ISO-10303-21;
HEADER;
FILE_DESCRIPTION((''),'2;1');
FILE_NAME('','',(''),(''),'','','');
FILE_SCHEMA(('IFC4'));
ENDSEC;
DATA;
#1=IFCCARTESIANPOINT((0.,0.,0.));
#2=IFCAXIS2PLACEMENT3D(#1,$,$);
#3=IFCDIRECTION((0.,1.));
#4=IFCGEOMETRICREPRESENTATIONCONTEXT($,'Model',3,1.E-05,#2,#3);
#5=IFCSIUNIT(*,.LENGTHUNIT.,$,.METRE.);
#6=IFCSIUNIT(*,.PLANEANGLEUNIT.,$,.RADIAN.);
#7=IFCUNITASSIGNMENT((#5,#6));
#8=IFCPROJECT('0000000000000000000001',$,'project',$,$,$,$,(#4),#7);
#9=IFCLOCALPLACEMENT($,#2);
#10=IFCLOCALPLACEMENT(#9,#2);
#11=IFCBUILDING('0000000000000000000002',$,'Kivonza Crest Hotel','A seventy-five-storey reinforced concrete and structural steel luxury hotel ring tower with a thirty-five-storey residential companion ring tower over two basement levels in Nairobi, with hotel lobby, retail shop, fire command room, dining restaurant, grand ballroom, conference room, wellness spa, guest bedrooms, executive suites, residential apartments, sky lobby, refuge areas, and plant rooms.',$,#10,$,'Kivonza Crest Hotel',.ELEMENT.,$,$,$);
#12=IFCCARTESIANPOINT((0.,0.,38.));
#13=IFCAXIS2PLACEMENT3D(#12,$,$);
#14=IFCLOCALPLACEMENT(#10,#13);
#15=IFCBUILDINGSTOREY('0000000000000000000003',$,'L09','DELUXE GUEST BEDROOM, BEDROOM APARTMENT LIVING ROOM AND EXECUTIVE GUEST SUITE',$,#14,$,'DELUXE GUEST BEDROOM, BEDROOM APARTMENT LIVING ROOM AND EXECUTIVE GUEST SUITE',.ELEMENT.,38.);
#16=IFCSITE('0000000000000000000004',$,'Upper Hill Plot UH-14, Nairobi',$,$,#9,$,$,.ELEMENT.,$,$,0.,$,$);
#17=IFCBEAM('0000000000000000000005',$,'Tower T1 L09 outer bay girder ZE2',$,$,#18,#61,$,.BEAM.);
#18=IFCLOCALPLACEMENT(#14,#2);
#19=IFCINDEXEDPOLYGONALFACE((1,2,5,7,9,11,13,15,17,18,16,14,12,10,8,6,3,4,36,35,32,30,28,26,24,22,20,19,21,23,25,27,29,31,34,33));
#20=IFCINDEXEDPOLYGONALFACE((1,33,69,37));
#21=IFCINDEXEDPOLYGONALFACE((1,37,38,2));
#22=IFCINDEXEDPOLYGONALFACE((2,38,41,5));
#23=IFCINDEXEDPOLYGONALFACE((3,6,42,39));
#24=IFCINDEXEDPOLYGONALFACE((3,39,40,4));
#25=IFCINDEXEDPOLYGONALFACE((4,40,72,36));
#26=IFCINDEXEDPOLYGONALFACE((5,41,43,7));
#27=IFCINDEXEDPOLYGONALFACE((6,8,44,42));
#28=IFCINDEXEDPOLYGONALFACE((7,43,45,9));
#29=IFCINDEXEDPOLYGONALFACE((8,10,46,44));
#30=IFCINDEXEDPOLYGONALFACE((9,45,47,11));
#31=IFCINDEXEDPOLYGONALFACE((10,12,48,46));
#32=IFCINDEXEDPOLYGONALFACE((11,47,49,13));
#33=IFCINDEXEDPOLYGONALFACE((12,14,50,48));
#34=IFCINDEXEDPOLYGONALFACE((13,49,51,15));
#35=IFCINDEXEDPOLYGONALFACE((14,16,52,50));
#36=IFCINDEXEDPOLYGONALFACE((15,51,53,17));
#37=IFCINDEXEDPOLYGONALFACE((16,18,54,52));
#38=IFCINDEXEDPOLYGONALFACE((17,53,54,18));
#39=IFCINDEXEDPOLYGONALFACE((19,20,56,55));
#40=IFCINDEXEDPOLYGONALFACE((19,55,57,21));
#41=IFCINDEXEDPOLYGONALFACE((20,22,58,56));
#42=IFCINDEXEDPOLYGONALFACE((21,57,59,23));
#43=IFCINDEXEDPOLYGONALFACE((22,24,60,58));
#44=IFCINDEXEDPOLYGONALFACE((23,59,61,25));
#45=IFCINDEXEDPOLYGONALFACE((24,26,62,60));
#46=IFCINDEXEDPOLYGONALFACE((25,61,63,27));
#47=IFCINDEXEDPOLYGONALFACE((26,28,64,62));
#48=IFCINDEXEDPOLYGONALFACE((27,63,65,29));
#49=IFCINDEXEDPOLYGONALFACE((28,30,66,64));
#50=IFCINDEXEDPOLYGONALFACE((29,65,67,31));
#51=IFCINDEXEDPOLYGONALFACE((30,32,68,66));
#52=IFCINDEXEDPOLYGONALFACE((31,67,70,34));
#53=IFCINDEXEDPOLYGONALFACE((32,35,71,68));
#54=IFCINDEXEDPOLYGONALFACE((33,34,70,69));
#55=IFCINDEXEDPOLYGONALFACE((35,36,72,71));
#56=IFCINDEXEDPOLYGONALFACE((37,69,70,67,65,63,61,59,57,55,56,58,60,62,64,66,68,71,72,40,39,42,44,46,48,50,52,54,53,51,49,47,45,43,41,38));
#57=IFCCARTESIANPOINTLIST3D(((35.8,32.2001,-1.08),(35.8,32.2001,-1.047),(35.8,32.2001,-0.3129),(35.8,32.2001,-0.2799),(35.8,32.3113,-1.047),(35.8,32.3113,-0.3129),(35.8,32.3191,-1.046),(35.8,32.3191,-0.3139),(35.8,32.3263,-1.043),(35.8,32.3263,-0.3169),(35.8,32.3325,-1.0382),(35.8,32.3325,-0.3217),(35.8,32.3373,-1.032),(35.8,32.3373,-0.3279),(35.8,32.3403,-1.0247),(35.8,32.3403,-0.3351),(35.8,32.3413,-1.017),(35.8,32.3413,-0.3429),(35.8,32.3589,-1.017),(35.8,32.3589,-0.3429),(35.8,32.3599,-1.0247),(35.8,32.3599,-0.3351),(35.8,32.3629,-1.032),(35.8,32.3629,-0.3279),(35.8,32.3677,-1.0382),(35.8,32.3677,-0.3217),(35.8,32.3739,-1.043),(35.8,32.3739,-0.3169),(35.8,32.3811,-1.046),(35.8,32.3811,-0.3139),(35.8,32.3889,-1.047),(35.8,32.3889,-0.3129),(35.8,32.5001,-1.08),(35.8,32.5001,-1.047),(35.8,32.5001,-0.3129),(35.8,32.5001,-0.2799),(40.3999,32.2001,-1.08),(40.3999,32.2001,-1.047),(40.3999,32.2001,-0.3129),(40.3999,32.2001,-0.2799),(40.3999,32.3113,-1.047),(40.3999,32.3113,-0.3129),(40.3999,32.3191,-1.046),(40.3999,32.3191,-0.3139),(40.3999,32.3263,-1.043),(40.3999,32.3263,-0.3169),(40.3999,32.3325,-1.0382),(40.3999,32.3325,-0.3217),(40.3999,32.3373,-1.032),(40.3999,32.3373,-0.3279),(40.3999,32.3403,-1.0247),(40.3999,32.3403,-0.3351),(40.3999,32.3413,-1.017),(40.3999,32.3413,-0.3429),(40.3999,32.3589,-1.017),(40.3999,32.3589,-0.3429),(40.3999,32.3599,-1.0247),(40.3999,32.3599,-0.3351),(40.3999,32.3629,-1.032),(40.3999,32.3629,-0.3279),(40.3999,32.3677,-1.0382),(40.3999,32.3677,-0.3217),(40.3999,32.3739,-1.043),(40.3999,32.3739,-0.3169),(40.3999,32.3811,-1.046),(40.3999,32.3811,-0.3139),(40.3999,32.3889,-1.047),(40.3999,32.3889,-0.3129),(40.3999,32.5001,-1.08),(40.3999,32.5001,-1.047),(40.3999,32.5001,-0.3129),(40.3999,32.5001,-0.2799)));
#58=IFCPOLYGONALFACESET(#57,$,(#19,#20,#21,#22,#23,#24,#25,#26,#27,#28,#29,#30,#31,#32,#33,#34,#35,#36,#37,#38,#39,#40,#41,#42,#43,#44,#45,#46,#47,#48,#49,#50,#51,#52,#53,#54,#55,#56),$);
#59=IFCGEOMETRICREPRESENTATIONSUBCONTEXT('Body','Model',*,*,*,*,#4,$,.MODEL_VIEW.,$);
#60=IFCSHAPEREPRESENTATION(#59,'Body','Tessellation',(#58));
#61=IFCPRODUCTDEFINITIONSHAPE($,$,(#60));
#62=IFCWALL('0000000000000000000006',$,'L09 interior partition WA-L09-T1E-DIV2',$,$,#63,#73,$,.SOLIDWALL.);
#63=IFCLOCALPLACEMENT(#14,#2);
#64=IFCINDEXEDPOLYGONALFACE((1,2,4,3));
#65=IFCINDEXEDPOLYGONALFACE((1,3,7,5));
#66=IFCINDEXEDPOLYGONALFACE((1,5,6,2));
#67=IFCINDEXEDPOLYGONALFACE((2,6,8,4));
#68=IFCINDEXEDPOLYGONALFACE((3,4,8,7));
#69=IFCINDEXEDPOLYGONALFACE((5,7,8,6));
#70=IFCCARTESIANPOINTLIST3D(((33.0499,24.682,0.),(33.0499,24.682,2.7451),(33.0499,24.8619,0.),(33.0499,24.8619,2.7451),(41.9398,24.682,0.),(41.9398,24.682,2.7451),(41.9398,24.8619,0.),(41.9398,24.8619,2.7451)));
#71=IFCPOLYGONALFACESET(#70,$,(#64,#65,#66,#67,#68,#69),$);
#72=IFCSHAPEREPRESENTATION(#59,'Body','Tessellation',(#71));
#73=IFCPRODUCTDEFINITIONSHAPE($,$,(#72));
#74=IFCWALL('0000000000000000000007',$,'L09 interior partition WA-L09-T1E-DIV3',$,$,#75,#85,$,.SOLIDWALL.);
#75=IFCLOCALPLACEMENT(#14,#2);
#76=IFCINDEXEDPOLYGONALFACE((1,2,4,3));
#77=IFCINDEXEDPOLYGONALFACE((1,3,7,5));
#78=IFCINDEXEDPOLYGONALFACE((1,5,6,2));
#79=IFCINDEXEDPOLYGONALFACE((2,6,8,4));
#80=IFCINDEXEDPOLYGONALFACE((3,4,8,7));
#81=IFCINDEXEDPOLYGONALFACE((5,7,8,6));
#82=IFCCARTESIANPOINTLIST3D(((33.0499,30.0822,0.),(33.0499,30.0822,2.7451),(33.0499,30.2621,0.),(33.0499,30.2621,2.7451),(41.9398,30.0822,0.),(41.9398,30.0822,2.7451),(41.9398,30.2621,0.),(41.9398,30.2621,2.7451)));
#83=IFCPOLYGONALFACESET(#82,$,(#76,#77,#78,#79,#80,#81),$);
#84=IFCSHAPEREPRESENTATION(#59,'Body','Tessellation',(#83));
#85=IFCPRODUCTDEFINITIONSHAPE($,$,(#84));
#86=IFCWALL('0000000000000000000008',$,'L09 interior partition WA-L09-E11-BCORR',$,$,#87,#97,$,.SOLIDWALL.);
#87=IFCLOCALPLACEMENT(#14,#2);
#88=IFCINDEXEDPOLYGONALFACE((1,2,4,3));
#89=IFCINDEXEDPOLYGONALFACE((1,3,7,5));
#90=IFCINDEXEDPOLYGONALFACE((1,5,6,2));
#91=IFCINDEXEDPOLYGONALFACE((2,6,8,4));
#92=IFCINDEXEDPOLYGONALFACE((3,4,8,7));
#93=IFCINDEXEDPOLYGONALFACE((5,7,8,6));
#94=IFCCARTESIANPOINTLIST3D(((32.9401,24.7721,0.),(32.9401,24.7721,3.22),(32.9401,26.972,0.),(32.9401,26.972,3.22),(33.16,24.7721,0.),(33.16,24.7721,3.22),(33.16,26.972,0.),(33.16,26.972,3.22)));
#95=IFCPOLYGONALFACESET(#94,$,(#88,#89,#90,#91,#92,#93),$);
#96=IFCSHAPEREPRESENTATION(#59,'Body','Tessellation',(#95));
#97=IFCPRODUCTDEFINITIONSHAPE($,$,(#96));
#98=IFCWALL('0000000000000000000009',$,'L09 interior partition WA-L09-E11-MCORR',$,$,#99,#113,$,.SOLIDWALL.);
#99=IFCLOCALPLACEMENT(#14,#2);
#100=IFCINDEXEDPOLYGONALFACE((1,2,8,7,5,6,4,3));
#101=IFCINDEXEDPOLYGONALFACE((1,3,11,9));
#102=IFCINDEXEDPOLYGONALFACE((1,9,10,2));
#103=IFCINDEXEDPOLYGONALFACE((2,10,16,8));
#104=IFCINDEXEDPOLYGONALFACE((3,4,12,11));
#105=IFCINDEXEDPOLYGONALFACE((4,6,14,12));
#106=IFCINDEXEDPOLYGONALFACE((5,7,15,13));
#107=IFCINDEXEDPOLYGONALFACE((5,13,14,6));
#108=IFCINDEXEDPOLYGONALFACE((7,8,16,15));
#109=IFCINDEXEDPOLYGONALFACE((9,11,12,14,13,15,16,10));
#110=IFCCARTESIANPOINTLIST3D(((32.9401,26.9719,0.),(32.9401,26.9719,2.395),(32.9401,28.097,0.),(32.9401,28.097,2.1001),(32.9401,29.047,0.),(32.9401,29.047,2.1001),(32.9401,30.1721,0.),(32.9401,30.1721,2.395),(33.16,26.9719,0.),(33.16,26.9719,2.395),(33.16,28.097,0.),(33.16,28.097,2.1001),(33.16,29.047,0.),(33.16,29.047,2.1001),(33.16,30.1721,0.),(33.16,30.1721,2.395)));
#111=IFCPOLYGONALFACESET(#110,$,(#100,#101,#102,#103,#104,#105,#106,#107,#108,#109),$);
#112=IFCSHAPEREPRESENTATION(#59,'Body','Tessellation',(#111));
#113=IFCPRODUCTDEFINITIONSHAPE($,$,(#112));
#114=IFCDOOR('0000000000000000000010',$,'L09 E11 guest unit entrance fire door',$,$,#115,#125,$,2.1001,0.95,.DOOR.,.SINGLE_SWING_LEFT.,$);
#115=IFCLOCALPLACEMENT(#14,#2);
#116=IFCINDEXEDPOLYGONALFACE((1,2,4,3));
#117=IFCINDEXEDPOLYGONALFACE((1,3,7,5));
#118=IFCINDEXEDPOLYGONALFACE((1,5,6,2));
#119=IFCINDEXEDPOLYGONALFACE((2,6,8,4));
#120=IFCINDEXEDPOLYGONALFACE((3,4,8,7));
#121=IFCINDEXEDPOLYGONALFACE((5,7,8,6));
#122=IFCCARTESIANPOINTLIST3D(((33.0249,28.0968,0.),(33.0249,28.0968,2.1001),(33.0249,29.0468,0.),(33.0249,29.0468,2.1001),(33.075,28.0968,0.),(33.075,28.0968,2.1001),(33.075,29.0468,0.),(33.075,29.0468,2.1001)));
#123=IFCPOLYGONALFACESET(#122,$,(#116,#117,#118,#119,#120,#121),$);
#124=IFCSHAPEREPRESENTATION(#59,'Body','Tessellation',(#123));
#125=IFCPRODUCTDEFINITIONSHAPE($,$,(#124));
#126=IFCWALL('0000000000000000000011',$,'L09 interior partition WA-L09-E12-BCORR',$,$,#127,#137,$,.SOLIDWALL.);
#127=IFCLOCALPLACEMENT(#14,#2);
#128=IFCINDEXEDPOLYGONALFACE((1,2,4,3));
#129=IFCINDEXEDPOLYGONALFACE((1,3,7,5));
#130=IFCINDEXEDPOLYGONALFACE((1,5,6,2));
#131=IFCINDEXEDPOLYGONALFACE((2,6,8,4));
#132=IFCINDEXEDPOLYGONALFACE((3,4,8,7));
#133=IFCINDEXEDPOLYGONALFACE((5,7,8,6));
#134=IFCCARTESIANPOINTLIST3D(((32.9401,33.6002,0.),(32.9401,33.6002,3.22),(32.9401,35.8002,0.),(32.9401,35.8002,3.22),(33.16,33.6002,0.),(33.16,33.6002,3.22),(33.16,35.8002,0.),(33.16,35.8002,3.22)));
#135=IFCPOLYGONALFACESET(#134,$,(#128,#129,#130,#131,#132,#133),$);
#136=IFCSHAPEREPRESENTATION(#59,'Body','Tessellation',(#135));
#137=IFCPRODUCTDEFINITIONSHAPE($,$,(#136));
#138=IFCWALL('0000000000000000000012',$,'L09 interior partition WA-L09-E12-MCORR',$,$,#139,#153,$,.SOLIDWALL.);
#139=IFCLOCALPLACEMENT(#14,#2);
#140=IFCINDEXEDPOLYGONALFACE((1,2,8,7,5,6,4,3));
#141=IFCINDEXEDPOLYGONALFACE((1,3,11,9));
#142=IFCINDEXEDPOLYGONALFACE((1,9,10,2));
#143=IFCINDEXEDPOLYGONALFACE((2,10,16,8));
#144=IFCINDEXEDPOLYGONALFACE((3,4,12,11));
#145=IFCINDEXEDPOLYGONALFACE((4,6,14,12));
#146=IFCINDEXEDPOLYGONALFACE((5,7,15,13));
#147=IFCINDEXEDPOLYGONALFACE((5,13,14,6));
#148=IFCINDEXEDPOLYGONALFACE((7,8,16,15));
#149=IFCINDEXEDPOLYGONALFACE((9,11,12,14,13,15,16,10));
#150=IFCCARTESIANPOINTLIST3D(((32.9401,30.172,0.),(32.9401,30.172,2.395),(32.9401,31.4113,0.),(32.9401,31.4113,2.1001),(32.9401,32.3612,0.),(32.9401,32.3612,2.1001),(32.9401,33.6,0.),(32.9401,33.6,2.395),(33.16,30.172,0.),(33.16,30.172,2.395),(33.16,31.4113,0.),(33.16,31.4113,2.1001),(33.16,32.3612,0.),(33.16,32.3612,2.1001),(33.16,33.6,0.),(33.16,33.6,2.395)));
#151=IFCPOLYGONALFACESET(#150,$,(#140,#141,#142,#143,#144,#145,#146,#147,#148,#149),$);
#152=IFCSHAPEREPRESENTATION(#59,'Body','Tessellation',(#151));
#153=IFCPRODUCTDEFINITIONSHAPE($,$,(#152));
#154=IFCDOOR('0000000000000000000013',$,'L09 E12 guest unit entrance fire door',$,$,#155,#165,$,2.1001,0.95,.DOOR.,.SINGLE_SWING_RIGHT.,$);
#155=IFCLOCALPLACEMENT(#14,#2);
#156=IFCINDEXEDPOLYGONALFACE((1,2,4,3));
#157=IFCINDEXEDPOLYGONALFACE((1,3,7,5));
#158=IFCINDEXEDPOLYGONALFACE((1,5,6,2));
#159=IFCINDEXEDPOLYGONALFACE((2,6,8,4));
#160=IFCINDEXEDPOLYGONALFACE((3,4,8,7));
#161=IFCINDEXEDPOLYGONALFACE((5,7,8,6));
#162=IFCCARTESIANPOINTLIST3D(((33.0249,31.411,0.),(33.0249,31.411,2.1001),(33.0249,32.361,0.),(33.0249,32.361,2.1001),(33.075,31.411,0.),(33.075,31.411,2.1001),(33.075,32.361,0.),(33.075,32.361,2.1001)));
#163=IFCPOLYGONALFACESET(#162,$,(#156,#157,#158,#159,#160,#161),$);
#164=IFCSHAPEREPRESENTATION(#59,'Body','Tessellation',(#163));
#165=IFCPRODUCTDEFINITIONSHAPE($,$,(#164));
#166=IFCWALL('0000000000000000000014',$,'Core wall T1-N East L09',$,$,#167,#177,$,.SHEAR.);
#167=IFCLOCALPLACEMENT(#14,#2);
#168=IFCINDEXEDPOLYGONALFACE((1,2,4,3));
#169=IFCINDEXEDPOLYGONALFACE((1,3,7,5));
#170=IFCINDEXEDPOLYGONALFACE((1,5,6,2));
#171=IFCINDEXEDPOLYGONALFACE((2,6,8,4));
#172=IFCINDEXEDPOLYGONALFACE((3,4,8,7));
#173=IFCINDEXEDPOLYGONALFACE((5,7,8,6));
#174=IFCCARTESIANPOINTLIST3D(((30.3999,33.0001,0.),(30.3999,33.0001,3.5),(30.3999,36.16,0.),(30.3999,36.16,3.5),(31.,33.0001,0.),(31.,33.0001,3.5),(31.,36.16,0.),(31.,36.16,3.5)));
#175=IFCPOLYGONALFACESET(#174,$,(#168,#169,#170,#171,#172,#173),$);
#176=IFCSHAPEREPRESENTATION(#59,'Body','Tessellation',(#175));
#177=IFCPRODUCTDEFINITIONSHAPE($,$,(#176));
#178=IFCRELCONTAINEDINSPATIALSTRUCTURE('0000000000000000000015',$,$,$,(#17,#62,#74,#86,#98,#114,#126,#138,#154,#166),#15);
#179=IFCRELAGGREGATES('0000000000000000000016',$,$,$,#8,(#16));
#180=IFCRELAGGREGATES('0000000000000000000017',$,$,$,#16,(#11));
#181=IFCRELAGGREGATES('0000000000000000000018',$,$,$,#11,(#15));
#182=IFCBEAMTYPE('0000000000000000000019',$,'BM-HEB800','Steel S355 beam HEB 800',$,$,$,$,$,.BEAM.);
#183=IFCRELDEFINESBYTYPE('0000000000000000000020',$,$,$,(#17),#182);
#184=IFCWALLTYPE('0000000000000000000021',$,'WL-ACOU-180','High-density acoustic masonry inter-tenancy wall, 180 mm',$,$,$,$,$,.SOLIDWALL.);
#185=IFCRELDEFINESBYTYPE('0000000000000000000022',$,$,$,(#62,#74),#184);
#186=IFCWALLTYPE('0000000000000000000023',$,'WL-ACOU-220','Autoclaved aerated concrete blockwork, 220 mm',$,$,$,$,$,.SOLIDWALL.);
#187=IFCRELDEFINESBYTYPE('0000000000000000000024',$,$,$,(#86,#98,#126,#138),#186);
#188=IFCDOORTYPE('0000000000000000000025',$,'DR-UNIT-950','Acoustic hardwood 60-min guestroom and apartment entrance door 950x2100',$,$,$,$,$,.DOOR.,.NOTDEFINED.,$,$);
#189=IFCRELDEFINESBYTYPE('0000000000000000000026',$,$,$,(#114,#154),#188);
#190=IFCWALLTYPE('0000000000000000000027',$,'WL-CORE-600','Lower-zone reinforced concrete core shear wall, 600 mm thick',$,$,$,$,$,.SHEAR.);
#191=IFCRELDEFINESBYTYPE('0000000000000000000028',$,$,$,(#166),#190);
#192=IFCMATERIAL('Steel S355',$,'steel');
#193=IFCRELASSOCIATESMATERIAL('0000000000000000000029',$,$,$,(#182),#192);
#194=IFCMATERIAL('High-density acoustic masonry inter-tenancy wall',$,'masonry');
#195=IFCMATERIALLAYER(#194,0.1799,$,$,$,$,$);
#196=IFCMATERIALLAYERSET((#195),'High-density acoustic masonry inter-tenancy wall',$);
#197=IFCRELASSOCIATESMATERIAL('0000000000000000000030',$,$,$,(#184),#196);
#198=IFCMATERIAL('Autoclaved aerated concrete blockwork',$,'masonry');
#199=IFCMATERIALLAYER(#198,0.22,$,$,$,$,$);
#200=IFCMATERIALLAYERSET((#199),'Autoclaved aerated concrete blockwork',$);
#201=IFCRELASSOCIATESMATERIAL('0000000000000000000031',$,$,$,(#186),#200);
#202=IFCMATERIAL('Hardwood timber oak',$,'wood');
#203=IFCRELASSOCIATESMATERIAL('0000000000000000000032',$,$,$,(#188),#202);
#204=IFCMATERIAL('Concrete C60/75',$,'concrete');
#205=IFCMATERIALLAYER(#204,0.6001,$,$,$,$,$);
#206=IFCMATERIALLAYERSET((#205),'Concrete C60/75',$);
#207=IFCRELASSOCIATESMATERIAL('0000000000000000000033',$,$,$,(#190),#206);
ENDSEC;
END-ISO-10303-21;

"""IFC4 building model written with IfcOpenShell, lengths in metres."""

from ifc_helpers import new_model, si_unit, direction, frame, frame_2d, origin, origin_2d, place, context, subcontext, project, spatial, rectangle, i_section, extrude, material, layer, layer_set, material_profile, profile_set, type_object, element, fill, save


model = new_model("IFC4")

# Units and contexts
model_context = context("Model", 3, precision=1e-05, world=origin(), true_north=direction((0.0, 1.0)))
body_context = subcontext(model_context, "Body", "Model", "MODEL_VIEW")
ifc_project = project(units=[si_unit("LENGTHUNIT", "METRE"), si_unit("PLANEANGLEUNIT", "RADIAN")], contexts=[model_context])

# Site, building, storey
site_placement = place(None, origin())
site = spatial("IfcSite", under=ifc_project, at=site_placement, Name="Upper Hill Plot UH-14, Nairobi", CompositionType="ELEMENT", RefElevation=0.0)
building_placement = place(site_placement, origin())
building = spatial("IfcBuilding", under=site, at=building_placement, Name="Kivonza Crest Hotel", Description="A seventy-five-storey reinforced concrete and structural steel luxury hotel ring tower with a thirty-five-storey residential companion ring tower over two basement levels in Nairobi, with hotel lobby, retail shop, fire command room, dining restaurant, grand ballroom, conference room, wellness spa, guest bedrooms, executive suites, residential apartments, sky lobby, refuge areas, and plant rooms.", LongName="Kivonza Crest Hotel", CompositionType="ELEMENT")
storey_placement = place(building_placement, frame((0.0, 0.0, 38.0)))
storey = spatial("IfcBuildingStorey", under=building, at=storey_placement, Name="L09", Description="DELUXE GUEST BEDROOM, BEDROOM APARTMENT LIVING ROOM AND EXECUTIVE GUEST SUITE", LongName="DELUXE GUEST BEDROOM, BEDROOM APARTMENT LIVING ROOM AND EXECUTIVE GUEST SUITE", CompositionType="ELEMENT", Elevation=38.0)

# Shared definitions
ifc_material_1 = material(Name="Concrete C60/75", Category="concrete")

# Beam
ifc_material_2 = material(Name="Steel S355", Category="steel")
ifc_material_profile_1 = material_profile(ifc_material_2, i_section(OverallWidth=0.3, OverallDepth=0.8, WebThickness=0.0176, FlangeThickness=0.033, FilletRadius=0.03, at=origin_2d()), Name="HEB 800")
ifc_profile_set_1 = profile_set([ifc_material_profile_1], Name="Steel S355")
beam_type_1 = type_object("IfcBeamType", Name="BM-HEB800", Description="Steel S355 beam HEB 800", PredefinedType="BEAM", material=ifc_profile_set_1)
beam_1_placement = place(storey_placement, frame((40.3999, 32.3501, -0.6799), z_axis=(-1.0, 0.0, 0.0), x_axis=(0.0, -1.0, 0.0)))
element("IfcBeam", 1, at=beam_1_placement, inside=storey, type_object=beam_type_1, Name="Tower T1 L09 outer bay girder ZE2", PredefinedType="BEAM", context=body_context, shape_type="SweptSolid", body=[
    extrude(i_section(OverallWidth=0.3, OverallDepth=0.8, WebThickness=0.0176, FlangeThickness=0.033, FilletRadius=0.03, at=origin_2d()), origin(), (0.0, 0.0, 1.0), 4.5999),
])

# Walls
ifc_material_3 = material(Name="High-density acoustic masonry inter-tenancy wall", Category="masonry")
ifc_layer_1 = layer(ifc_material_3, 0.1799)
ifc_layer_set_1 = layer_set([ifc_layer_1], Name="High-density acoustic masonry inter-tenancy wall")
wall_type_1 = type_object("IfcWallType", Name="WL-ACOU-180", Description="High-density acoustic masonry inter-tenancy wall, 180 mm", PredefinedType="SOLIDWALL", material=ifc_layer_set_1)
for number, where, z_axis, x_axis, name in (
    (2, (33.05, 24.772, 0.0), (0.0, 0.0, 1.0), (1.0, 0.0, 0.0), "L09 interior partition WA-L09-T1E-DIV2"),
    (3, (33.05, 30.1721, 0.0), (0.0, 0.0, 1.0), (1.0, 0.0, 0.0), "L09 interior partition WA-L09-T1E-DIV3"),
):
    element("IfcWall", number, at=place(storey_placement, frame(where, z_axis=z_axis, x_axis=x_axis)), inside=storey, type_object=wall_type_1, Name=name, PredefinedType="SOLIDWALL", context=body_context, shape_type="SweptSolid", body=[
        extrude(rectangle(XDim=8.8899, YDim=0.1799, at=frame_2d((4.4448, 0.0))), origin(), (0.0, 0.0, 1.0), 2.7451),
    ])
ifc_material_4 = material(Name="Autoclaved aerated concrete blockwork", Category="masonry")
ifc_layer_2 = layer(ifc_material_4, 0.22)
ifc_layer_set_2 = layer_set([ifc_layer_2], Name="Autoclaved aerated concrete blockwork")
wall_type_2 = type_object("IfcWallType", Name="WL-ACOU-220", Description="Autoclaved aerated concrete blockwork, 220 mm", PredefinedType="SOLIDWALL", material=ifc_layer_set_2)
wall_1_placement = place(storey_placement, frame((33.05, 24.772, 0.0), z_axis=(0.0, 0.0, 1.0), x_axis=(0.0, 1.0, 0.0)))
element("IfcWall", 4, at=wall_1_placement, inside=storey, type_object=wall_type_2, Name="L09 interior partition WA-L09-E11-BCORR", PredefinedType="SOLIDWALL", context=body_context, shape_type="SweptSolid", body=[
    extrude(rectangle(XDim=2.2, YDim=0.22, at=frame_2d((1.1001, 0.0))), origin(), (0.0, 0.0, 1.0), 3.22),
])

# Wall, opening, door
wall_2_placement = place(storey_placement, frame((33.05, 26.9719, 0.0), z_axis=(0.0, 0.0, 1.0), x_axis=(0.0, 1.0, 0.0)))
wall_2 = element("IfcWall", 5, at=wall_2_placement, inside=storey, type_object=wall_type_2, Name="L09 interior partition WA-L09-E11-MCORR", PredefinedType="SOLIDWALL", context=body_context, shape_type="SweptSolid", body=[
    extrude(rectangle(XDim=3.2002, YDim=0.22, at=frame_2d((1.6001, 0.0))), origin(), (0.0, 0.0, 1.0), 2.395),
])
opening_1_placement = place(wall_2_placement, frame((1.125, 0.0, 0.0)))
opening_1 = element("IfcOpeningElement", 6, at=opening_1_placement, cuts=wall_2, PredefinedType="OPENING", context=body_context, shape_type="SweptSolid", body=[
    extrude(rectangle(XDim=0.95, YDim=2.1001, at=frame_2d((0.4751, 1.05))), frame((0.0, 0.1201, 0.0), z_axis=(0.0, -1.0, 0.0), x_axis=(1.0, 0.0, 0.0)), (0.0, 0.0, 1.0), 0.24),
])
ifc_material_5 = material(Name="Hardwood timber oak", Category="wood")
door_type_1 = type_object("IfcDoorType", Name="DR-UNIT-950", Description="Acoustic hardwood 60-min guestroom and apartment entrance door 950x2100", OperationType="NOTDEFINED", PredefinedType="DOOR", material=ifc_material_5)
door_1_placement = place(opening_1_placement, frame((0.95, 0.0, 0.0), z_axis=(0.0, 0.0, 1.0), x_axis=(-1.0, 0.0, 0.0)))
door_1 = element("IfcDoor", 7, at=door_1_placement, inside=storey, type_object=door_type_1, Name="L09 E11 guest unit entrance fire door", OperationType="SINGLE_SWING_LEFT", OverallHeight=2.1001, OverallWidth=0.95, PredefinedType="DOOR", context=body_context, shape_type="SweptSolid", body=[
    extrude(rectangle(XDim=0.95, YDim=2.1001, at=frame_2d((0.4751, 1.05))), frame((0.0, 0.0249, 0.0), z_axis=(0.0, -1.0, 0.0), x_axis=(1.0, 0.0, 0.0)), (0.0, 0.0, 1.0), 0.05),
])
fill(opening_1, door_1)

# Wall
wall_3_placement = place(storey_placement, frame((33.05, 33.6001, 0.0), z_axis=(0.0, 0.0, 1.0), x_axis=(0.0, 1.0, 0.0)))
element("IfcWall", 8, at=wall_3_placement, inside=storey, type_object=wall_type_2, Name="L09 interior partition WA-L09-E12-BCORR", PredefinedType="SOLIDWALL", context=body_context, shape_type="SweptSolid", body=[
    extrude(rectangle(XDim=2.2, YDim=0.22, at=frame_2d((1.1001, 0.0))), origin(), (0.0, 0.0, 1.0), 3.22),
])

# Wall, opening, door
wall_4_placement = place(storey_placement, frame((33.05, 30.1721, 0.0), z_axis=(0.0, 0.0, 1.0), x_axis=(0.0, 1.0, 0.0)))
wall_4 = element("IfcWall", 9, at=wall_4_placement, inside=storey, type_object=wall_type_2, Name="L09 interior partition WA-L09-E12-MCORR", PredefinedType="SOLIDWALL", context=body_context, shape_type="SweptSolid", body=[
    extrude(rectangle(XDim=3.428, YDim=0.22, at=frame_2d((1.7139, 0.0))), origin(), (0.0, 0.0, 1.0), 2.395),
])
opening_2_placement = place(wall_4_placement, frame((1.239, 0.0, 0.0)))
opening_2 = element("IfcOpeningElement", 10, at=opening_2_placement, cuts=wall_4, PredefinedType="OPENING", context=body_context, shape_type="SweptSolid", body=[
    extrude(rectangle(XDim=0.95, YDim=2.1001, at=frame_2d((0.4751, 1.05))), frame((0.0, 0.1201, 0.0), z_axis=(0.0, -1.0, 0.0), x_axis=(1.0, 0.0, 0.0)), (0.0, 0.0, 1.0), 0.24),
])
door_2_placement = place(opening_2_placement, frame((0.95, 0.0, 0.0), z_axis=(0.0, 0.0, 1.0), x_axis=(-1.0, 0.0, 0.0)))
door_2 = element("IfcDoor", 11, at=door_2_placement, inside=storey, type_object=door_type_1, Name="L09 E12 guest unit entrance fire door", OperationType="SINGLE_SWING_RIGHT", OverallHeight=2.1001, OverallWidth=0.95, PredefinedType="DOOR", context=body_context, shape_type="SweptSolid", body=[
    extrude(rectangle(XDim=0.95, YDim=2.1001, at=frame_2d((0.4751, 1.05))), frame((0.0, 0.0249, 0.0), z_axis=(0.0, -1.0, 0.0), x_axis=(1.0, 0.0, 0.0)), (0.0, 0.0, 1.0), 0.05),
])
fill(opening_2, door_2)

# Wall
ifc_layer_3 = layer(ifc_material_1, 0.6001)
ifc_layer_set_3 = layer_set([ifc_layer_3], Name="Concrete C60/75")
wall_type_3 = type_object("IfcWallType", Name="WL-CORE-600", Description="Lower-zone reinforced concrete core shear wall, 600 mm thick", PredefinedType="SHEAR", material=ifc_layer_set_3)
wall_5_placement = place(storey_placement, frame((30.7, 33.0, 0.0), z_axis=(0.0, 0.0, 1.0), x_axis=(0.0, 1.0, 0.0)))
element("IfcWall", 12, at=wall_5_placement, inside=storey, type_object=wall_type_3, Name="Core wall T1-N East L09", PredefinedType="SHEAR", context=body_context, shape_type="SweptSolid", body=[
    extrude(rectangle(XDim=3.1599, YDim=0.6001, at=frame_2d((1.5801, 0.0))), origin(), (0.0, 0.0, 1.0), 3.5),
])

save(model, "model.ifc")
